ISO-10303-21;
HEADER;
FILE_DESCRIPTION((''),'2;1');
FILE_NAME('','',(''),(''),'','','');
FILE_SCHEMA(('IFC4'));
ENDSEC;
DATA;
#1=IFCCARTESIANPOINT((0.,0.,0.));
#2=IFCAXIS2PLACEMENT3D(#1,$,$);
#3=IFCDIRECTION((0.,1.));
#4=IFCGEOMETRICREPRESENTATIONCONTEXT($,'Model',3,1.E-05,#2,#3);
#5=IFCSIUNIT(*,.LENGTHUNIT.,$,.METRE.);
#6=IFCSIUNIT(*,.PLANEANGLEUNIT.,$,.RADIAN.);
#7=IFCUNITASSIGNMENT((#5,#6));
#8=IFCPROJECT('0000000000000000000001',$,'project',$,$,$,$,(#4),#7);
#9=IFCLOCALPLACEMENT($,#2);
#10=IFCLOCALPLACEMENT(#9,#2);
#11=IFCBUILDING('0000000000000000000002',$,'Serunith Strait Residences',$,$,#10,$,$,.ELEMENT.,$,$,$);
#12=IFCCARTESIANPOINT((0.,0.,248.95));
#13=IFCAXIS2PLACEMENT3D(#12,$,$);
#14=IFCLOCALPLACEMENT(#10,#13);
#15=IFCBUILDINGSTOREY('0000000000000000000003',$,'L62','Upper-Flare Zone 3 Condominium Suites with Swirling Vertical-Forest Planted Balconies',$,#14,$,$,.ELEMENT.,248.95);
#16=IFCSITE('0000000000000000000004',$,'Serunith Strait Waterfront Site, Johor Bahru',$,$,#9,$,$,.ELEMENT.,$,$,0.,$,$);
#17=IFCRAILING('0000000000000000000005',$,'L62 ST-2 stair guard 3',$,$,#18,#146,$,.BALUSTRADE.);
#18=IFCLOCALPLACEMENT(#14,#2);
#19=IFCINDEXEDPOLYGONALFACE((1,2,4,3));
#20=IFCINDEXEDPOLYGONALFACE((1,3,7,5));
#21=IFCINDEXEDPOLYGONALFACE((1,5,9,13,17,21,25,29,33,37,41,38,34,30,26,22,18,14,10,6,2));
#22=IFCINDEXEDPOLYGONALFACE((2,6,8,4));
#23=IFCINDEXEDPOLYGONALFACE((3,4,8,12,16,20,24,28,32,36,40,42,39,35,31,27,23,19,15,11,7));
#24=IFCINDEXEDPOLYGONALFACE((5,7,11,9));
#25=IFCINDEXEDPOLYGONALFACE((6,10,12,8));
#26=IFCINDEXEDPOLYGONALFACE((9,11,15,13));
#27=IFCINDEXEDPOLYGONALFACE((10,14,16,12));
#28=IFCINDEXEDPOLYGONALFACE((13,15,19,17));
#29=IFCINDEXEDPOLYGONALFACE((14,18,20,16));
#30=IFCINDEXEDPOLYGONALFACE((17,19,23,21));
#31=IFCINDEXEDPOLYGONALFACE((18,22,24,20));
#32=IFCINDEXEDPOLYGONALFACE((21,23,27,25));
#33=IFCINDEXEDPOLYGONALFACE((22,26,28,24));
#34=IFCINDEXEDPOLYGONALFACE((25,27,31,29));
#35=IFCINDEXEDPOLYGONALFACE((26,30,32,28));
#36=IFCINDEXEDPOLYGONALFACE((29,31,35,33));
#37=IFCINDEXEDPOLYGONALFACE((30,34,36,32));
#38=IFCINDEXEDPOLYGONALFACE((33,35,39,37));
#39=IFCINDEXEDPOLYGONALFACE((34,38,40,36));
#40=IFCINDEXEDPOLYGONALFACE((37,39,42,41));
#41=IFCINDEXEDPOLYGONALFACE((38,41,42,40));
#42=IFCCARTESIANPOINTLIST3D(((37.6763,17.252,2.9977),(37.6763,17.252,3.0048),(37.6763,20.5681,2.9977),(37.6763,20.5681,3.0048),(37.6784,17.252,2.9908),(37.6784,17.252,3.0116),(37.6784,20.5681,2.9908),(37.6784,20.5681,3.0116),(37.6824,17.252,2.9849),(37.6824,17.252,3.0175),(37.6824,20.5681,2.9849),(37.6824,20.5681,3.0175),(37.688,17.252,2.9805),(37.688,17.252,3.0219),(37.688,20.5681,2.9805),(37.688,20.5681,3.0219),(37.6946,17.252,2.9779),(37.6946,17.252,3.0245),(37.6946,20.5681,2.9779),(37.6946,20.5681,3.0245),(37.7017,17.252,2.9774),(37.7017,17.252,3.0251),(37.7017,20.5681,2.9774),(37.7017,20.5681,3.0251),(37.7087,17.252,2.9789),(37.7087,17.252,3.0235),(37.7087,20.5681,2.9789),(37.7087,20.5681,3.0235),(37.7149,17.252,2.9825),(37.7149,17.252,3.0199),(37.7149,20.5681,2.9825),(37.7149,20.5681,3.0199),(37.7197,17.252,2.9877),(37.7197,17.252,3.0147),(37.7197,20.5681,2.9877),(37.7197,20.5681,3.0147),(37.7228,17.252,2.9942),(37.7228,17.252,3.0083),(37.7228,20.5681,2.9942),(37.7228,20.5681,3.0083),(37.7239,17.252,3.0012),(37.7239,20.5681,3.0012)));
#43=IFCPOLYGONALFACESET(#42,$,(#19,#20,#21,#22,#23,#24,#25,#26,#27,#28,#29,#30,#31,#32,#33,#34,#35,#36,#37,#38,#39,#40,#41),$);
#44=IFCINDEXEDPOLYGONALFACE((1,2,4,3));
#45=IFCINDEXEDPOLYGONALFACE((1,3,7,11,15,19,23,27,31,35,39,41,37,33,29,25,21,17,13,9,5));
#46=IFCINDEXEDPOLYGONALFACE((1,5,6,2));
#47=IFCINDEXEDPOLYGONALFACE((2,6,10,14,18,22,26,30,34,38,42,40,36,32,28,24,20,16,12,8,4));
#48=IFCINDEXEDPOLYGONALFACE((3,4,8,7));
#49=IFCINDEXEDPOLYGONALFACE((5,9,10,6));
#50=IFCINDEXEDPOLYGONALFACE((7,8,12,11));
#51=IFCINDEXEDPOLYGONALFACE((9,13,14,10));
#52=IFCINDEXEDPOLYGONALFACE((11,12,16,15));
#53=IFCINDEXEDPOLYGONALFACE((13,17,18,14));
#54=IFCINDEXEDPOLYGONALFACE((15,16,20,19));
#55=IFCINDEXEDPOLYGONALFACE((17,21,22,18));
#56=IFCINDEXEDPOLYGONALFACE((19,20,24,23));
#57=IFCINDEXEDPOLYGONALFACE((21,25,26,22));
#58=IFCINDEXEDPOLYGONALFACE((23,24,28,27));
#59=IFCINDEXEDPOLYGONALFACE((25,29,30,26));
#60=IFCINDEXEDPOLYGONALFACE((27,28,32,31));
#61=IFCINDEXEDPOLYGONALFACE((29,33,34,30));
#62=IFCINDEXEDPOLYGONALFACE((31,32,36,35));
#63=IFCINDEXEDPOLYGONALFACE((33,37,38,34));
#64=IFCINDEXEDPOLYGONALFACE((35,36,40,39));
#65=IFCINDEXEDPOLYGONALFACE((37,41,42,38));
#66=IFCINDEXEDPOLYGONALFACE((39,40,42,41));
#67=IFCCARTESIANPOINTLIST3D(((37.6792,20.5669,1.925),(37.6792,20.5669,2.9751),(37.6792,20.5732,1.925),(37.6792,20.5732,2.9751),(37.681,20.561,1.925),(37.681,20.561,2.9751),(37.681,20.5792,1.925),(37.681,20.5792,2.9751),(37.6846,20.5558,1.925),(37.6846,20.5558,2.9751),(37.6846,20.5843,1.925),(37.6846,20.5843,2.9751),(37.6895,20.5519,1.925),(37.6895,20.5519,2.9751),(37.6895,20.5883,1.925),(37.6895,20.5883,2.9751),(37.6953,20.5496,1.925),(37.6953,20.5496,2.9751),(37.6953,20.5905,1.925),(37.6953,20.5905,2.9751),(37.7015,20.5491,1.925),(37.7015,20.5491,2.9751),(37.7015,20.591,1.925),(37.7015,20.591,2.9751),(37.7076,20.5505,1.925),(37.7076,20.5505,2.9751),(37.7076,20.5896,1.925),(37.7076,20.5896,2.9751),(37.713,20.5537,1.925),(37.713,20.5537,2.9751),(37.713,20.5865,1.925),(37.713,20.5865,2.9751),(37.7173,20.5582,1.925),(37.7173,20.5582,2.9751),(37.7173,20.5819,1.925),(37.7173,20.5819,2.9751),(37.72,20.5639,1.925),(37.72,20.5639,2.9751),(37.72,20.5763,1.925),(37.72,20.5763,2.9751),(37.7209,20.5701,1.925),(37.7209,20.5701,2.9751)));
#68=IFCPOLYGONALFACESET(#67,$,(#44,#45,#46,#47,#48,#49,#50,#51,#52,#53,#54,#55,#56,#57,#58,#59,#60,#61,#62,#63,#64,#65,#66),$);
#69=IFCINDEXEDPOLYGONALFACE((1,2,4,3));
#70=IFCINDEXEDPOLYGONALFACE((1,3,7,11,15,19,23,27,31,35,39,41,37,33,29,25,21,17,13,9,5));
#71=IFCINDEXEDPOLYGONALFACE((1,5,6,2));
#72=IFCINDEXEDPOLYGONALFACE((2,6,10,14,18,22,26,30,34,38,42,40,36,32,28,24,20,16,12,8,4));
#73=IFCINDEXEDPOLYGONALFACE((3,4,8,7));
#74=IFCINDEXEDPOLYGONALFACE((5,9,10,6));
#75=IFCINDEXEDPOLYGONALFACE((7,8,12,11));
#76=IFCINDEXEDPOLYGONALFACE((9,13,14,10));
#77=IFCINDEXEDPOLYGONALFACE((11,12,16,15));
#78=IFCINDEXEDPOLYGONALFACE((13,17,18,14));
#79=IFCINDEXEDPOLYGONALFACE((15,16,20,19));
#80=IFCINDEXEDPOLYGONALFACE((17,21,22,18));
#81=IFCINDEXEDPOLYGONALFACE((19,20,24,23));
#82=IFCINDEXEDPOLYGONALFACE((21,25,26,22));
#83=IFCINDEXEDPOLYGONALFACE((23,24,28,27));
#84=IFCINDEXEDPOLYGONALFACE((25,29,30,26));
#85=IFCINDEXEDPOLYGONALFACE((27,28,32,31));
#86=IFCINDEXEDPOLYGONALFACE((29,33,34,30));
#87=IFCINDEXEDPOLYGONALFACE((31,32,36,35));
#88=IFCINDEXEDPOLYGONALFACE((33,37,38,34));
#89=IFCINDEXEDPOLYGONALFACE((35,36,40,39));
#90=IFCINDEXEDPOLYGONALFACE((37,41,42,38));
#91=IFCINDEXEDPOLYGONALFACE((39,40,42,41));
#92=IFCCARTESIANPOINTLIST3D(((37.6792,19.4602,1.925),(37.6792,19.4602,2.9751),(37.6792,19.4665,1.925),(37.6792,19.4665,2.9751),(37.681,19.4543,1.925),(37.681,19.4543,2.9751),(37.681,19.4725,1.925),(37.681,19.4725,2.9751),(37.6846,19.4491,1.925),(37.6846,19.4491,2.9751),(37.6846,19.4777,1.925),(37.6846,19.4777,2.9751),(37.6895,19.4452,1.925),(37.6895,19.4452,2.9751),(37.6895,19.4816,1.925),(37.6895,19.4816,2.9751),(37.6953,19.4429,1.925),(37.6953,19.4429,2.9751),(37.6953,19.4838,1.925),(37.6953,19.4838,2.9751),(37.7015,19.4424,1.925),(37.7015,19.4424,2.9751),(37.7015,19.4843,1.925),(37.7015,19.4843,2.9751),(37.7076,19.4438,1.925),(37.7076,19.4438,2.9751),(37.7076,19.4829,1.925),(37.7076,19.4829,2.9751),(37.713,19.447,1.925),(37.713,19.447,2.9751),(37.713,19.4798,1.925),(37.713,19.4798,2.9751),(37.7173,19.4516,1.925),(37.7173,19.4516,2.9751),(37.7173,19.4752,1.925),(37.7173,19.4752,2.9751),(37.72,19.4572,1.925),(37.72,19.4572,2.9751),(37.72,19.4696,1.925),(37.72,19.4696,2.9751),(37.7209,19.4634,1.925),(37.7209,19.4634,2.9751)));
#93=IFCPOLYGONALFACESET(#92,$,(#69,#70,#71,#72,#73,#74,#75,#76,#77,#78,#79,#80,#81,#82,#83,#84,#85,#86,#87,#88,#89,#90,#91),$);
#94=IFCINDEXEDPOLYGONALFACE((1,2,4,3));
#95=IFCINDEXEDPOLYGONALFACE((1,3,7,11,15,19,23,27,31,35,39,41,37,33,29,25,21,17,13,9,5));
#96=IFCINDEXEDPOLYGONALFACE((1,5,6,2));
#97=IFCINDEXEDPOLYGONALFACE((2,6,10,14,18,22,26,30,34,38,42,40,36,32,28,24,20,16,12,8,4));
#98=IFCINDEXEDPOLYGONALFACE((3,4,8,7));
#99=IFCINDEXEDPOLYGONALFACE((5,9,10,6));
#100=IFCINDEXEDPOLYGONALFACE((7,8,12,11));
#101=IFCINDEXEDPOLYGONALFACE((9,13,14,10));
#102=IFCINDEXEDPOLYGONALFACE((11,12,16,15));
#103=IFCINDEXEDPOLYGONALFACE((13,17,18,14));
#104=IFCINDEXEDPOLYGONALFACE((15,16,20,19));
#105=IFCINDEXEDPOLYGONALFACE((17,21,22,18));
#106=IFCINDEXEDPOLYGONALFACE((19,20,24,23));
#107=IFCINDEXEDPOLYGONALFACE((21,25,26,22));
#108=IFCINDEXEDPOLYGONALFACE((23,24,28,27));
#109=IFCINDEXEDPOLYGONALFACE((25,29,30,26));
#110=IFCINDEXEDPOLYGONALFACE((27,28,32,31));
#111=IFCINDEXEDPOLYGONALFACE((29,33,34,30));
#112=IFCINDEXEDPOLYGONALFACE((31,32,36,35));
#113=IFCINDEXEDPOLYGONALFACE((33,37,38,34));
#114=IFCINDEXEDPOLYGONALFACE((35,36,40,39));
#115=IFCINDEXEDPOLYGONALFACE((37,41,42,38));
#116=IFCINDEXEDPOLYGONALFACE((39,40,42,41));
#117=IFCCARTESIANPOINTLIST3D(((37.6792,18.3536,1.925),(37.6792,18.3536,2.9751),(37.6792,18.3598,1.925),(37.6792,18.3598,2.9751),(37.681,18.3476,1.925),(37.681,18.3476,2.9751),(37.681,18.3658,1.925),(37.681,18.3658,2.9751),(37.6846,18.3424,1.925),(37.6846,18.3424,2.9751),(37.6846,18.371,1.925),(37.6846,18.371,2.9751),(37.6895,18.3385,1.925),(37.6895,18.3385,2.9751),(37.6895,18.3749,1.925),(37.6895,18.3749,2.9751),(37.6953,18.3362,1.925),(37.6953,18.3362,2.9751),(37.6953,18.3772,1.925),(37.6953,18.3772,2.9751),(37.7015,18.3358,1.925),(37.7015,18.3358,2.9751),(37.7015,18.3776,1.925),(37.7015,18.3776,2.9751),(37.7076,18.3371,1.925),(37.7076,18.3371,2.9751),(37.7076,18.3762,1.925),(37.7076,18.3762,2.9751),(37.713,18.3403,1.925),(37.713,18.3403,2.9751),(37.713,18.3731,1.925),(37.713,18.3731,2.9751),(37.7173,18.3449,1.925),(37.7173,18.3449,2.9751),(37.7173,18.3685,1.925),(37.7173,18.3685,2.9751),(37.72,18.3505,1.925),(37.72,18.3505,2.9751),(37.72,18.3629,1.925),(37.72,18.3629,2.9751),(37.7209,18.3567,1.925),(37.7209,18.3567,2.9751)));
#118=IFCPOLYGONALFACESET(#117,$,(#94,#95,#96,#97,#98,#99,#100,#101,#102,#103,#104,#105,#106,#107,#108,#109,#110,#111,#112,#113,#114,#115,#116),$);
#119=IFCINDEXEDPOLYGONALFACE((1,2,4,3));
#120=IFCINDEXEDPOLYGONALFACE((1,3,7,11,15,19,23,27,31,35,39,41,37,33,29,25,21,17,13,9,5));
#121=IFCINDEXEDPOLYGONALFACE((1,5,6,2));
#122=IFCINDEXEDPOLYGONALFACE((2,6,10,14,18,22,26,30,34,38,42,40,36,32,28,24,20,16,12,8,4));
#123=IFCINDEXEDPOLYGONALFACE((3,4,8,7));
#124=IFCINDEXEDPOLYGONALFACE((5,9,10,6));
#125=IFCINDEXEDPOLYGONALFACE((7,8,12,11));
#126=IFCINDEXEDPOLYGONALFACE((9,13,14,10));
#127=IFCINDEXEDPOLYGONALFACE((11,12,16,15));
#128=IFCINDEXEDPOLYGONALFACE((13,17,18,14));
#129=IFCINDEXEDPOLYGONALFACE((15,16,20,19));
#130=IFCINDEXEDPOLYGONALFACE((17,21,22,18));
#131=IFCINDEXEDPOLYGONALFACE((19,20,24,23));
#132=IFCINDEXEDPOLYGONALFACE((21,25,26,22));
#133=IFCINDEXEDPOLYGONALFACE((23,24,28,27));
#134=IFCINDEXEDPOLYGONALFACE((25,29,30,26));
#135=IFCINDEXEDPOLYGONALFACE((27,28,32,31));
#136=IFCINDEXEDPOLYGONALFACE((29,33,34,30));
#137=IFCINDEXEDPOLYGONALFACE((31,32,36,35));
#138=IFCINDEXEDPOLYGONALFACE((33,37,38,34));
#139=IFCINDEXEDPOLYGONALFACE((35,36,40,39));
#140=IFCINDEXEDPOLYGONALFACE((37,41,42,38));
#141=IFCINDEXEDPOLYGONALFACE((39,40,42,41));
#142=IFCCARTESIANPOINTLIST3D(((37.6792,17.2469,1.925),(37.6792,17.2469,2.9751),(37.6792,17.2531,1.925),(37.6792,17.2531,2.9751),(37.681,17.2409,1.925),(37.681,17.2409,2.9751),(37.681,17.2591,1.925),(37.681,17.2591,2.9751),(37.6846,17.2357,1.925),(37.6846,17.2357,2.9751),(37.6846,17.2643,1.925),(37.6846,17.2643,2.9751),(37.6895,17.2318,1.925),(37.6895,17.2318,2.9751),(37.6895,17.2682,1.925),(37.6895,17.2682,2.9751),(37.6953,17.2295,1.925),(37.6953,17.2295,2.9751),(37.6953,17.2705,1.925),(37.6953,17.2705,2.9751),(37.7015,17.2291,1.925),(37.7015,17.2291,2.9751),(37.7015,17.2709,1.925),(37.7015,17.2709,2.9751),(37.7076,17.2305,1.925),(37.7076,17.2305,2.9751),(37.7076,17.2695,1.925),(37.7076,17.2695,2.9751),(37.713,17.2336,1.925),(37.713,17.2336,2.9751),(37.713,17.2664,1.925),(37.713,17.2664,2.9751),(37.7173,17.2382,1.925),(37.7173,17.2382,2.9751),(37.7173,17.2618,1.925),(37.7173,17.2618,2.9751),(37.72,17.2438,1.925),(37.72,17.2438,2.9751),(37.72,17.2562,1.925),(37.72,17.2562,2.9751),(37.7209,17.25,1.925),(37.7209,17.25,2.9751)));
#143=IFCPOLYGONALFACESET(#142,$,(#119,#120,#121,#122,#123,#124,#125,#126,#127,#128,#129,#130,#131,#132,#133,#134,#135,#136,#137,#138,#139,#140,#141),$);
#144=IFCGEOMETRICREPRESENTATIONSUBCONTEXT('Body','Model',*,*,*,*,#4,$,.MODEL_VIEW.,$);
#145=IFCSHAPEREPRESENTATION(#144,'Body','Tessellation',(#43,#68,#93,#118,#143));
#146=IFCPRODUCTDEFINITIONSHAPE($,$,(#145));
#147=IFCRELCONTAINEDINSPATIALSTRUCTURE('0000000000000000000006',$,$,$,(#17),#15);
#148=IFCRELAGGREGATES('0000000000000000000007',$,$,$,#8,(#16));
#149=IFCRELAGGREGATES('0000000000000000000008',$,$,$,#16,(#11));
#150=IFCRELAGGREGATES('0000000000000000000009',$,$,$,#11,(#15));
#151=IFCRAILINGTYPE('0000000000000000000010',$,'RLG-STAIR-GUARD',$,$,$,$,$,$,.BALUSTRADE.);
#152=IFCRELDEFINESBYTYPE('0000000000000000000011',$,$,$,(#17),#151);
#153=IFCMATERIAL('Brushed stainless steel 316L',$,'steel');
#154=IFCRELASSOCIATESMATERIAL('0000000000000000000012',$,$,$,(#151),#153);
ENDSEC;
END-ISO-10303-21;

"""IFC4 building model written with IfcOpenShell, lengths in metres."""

from ifc_helpers import new_model, si_unit, direction, frame, origin, origin_2d, place, context, subcontext, project, spatial, circle, extrude, material, type_object, element, save


model = new_model("IFC4")

# Units and contexts
model_context = context("Model", 3, precision=1e-05, world=origin(), true_north=direction((0.0, 1.0)))
body_context = subcontext(model_context, "Body", "Model", "MODEL_VIEW")
ifc_project = project(units=[si_unit("LENGTHUNIT", "METRE"), si_unit("PLANEANGLEUNIT", "RADIAN")], contexts=[model_context])

# Site, building, storey
site_placement = place(None, origin())
site = spatial("IfcSite", under=ifc_project, at=site_placement, Name="Serunith Strait Waterfront Site, Johor Bahru", CompositionType="ELEMENT", RefElevation=0.0)
building_placement = place(site_placement, origin())
building = spatial("IfcBuilding", under=site, at=building_placement, Name="Serunith Strait Residences", CompositionType="ELEMENT")
storey_placement = place(building_placement, frame((0.0, 0.0, 248.95)))
storey = spatial("IfcBuildingStorey", under=building, at=storey_placement, Name="L62", Description="Upper-Flare Zone 3 Condominium Suites with Swirling Vertical-Forest Planted Balconies", CompositionType="ELEMENT", Elevation=248.95)

# Railing
ifc_material_1 = material(Name="Brushed stainless steel 316L", Category="steel")
railing_type_1 = type_object("IfcRailingType", Name="RLG-STAIR-GUARD", PredefinedType="BALUSTRADE", material=ifc_material_1)
for number, where, name in (
    (1, (37.7, 20.5701, 1.925), "L62 ST-2 stair guard 3"),
):
    element("IfcRailing", number, at=place(storey_placement, frame(where)), inside=storey, type_object=railing_type_1, Name=name, PredefinedType="BALUSTRADE", context=body_context, shape_type="SweptSolid", body=[
        extrude(circle(Radius=0.0239, at=origin_2d()), frame((0.0, -0.002, 1.0762), z_axis=(0.0, -1.0, 0.0), x_axis=(1.0, 0.0, 0.0)), (0.0, 0.0, 1.0), 3.3162),
        extrude(circle(Radius=0.021, at=origin_2d()), origin(), (0.0, 0.0, 1.0), 1.05),
        extrude(circle(Radius=0.021, at=origin_2d()), frame((0.0, -1.1067, 0.0)), (0.0, 0.0, 1.0), 1.05),
        extrude(circle(Radius=0.021, at=origin_2d()), frame((0.0, -2.2134, 0.0)), (0.0, 0.0, 1.0), 1.05),
        extrude(circle(Radius=0.021, at=origin_2d()), frame((0.0, -3.3201, 0.0)), (0.0, 0.0, 1.0), 1.05),
    ])

save(model, "model.ifc")
